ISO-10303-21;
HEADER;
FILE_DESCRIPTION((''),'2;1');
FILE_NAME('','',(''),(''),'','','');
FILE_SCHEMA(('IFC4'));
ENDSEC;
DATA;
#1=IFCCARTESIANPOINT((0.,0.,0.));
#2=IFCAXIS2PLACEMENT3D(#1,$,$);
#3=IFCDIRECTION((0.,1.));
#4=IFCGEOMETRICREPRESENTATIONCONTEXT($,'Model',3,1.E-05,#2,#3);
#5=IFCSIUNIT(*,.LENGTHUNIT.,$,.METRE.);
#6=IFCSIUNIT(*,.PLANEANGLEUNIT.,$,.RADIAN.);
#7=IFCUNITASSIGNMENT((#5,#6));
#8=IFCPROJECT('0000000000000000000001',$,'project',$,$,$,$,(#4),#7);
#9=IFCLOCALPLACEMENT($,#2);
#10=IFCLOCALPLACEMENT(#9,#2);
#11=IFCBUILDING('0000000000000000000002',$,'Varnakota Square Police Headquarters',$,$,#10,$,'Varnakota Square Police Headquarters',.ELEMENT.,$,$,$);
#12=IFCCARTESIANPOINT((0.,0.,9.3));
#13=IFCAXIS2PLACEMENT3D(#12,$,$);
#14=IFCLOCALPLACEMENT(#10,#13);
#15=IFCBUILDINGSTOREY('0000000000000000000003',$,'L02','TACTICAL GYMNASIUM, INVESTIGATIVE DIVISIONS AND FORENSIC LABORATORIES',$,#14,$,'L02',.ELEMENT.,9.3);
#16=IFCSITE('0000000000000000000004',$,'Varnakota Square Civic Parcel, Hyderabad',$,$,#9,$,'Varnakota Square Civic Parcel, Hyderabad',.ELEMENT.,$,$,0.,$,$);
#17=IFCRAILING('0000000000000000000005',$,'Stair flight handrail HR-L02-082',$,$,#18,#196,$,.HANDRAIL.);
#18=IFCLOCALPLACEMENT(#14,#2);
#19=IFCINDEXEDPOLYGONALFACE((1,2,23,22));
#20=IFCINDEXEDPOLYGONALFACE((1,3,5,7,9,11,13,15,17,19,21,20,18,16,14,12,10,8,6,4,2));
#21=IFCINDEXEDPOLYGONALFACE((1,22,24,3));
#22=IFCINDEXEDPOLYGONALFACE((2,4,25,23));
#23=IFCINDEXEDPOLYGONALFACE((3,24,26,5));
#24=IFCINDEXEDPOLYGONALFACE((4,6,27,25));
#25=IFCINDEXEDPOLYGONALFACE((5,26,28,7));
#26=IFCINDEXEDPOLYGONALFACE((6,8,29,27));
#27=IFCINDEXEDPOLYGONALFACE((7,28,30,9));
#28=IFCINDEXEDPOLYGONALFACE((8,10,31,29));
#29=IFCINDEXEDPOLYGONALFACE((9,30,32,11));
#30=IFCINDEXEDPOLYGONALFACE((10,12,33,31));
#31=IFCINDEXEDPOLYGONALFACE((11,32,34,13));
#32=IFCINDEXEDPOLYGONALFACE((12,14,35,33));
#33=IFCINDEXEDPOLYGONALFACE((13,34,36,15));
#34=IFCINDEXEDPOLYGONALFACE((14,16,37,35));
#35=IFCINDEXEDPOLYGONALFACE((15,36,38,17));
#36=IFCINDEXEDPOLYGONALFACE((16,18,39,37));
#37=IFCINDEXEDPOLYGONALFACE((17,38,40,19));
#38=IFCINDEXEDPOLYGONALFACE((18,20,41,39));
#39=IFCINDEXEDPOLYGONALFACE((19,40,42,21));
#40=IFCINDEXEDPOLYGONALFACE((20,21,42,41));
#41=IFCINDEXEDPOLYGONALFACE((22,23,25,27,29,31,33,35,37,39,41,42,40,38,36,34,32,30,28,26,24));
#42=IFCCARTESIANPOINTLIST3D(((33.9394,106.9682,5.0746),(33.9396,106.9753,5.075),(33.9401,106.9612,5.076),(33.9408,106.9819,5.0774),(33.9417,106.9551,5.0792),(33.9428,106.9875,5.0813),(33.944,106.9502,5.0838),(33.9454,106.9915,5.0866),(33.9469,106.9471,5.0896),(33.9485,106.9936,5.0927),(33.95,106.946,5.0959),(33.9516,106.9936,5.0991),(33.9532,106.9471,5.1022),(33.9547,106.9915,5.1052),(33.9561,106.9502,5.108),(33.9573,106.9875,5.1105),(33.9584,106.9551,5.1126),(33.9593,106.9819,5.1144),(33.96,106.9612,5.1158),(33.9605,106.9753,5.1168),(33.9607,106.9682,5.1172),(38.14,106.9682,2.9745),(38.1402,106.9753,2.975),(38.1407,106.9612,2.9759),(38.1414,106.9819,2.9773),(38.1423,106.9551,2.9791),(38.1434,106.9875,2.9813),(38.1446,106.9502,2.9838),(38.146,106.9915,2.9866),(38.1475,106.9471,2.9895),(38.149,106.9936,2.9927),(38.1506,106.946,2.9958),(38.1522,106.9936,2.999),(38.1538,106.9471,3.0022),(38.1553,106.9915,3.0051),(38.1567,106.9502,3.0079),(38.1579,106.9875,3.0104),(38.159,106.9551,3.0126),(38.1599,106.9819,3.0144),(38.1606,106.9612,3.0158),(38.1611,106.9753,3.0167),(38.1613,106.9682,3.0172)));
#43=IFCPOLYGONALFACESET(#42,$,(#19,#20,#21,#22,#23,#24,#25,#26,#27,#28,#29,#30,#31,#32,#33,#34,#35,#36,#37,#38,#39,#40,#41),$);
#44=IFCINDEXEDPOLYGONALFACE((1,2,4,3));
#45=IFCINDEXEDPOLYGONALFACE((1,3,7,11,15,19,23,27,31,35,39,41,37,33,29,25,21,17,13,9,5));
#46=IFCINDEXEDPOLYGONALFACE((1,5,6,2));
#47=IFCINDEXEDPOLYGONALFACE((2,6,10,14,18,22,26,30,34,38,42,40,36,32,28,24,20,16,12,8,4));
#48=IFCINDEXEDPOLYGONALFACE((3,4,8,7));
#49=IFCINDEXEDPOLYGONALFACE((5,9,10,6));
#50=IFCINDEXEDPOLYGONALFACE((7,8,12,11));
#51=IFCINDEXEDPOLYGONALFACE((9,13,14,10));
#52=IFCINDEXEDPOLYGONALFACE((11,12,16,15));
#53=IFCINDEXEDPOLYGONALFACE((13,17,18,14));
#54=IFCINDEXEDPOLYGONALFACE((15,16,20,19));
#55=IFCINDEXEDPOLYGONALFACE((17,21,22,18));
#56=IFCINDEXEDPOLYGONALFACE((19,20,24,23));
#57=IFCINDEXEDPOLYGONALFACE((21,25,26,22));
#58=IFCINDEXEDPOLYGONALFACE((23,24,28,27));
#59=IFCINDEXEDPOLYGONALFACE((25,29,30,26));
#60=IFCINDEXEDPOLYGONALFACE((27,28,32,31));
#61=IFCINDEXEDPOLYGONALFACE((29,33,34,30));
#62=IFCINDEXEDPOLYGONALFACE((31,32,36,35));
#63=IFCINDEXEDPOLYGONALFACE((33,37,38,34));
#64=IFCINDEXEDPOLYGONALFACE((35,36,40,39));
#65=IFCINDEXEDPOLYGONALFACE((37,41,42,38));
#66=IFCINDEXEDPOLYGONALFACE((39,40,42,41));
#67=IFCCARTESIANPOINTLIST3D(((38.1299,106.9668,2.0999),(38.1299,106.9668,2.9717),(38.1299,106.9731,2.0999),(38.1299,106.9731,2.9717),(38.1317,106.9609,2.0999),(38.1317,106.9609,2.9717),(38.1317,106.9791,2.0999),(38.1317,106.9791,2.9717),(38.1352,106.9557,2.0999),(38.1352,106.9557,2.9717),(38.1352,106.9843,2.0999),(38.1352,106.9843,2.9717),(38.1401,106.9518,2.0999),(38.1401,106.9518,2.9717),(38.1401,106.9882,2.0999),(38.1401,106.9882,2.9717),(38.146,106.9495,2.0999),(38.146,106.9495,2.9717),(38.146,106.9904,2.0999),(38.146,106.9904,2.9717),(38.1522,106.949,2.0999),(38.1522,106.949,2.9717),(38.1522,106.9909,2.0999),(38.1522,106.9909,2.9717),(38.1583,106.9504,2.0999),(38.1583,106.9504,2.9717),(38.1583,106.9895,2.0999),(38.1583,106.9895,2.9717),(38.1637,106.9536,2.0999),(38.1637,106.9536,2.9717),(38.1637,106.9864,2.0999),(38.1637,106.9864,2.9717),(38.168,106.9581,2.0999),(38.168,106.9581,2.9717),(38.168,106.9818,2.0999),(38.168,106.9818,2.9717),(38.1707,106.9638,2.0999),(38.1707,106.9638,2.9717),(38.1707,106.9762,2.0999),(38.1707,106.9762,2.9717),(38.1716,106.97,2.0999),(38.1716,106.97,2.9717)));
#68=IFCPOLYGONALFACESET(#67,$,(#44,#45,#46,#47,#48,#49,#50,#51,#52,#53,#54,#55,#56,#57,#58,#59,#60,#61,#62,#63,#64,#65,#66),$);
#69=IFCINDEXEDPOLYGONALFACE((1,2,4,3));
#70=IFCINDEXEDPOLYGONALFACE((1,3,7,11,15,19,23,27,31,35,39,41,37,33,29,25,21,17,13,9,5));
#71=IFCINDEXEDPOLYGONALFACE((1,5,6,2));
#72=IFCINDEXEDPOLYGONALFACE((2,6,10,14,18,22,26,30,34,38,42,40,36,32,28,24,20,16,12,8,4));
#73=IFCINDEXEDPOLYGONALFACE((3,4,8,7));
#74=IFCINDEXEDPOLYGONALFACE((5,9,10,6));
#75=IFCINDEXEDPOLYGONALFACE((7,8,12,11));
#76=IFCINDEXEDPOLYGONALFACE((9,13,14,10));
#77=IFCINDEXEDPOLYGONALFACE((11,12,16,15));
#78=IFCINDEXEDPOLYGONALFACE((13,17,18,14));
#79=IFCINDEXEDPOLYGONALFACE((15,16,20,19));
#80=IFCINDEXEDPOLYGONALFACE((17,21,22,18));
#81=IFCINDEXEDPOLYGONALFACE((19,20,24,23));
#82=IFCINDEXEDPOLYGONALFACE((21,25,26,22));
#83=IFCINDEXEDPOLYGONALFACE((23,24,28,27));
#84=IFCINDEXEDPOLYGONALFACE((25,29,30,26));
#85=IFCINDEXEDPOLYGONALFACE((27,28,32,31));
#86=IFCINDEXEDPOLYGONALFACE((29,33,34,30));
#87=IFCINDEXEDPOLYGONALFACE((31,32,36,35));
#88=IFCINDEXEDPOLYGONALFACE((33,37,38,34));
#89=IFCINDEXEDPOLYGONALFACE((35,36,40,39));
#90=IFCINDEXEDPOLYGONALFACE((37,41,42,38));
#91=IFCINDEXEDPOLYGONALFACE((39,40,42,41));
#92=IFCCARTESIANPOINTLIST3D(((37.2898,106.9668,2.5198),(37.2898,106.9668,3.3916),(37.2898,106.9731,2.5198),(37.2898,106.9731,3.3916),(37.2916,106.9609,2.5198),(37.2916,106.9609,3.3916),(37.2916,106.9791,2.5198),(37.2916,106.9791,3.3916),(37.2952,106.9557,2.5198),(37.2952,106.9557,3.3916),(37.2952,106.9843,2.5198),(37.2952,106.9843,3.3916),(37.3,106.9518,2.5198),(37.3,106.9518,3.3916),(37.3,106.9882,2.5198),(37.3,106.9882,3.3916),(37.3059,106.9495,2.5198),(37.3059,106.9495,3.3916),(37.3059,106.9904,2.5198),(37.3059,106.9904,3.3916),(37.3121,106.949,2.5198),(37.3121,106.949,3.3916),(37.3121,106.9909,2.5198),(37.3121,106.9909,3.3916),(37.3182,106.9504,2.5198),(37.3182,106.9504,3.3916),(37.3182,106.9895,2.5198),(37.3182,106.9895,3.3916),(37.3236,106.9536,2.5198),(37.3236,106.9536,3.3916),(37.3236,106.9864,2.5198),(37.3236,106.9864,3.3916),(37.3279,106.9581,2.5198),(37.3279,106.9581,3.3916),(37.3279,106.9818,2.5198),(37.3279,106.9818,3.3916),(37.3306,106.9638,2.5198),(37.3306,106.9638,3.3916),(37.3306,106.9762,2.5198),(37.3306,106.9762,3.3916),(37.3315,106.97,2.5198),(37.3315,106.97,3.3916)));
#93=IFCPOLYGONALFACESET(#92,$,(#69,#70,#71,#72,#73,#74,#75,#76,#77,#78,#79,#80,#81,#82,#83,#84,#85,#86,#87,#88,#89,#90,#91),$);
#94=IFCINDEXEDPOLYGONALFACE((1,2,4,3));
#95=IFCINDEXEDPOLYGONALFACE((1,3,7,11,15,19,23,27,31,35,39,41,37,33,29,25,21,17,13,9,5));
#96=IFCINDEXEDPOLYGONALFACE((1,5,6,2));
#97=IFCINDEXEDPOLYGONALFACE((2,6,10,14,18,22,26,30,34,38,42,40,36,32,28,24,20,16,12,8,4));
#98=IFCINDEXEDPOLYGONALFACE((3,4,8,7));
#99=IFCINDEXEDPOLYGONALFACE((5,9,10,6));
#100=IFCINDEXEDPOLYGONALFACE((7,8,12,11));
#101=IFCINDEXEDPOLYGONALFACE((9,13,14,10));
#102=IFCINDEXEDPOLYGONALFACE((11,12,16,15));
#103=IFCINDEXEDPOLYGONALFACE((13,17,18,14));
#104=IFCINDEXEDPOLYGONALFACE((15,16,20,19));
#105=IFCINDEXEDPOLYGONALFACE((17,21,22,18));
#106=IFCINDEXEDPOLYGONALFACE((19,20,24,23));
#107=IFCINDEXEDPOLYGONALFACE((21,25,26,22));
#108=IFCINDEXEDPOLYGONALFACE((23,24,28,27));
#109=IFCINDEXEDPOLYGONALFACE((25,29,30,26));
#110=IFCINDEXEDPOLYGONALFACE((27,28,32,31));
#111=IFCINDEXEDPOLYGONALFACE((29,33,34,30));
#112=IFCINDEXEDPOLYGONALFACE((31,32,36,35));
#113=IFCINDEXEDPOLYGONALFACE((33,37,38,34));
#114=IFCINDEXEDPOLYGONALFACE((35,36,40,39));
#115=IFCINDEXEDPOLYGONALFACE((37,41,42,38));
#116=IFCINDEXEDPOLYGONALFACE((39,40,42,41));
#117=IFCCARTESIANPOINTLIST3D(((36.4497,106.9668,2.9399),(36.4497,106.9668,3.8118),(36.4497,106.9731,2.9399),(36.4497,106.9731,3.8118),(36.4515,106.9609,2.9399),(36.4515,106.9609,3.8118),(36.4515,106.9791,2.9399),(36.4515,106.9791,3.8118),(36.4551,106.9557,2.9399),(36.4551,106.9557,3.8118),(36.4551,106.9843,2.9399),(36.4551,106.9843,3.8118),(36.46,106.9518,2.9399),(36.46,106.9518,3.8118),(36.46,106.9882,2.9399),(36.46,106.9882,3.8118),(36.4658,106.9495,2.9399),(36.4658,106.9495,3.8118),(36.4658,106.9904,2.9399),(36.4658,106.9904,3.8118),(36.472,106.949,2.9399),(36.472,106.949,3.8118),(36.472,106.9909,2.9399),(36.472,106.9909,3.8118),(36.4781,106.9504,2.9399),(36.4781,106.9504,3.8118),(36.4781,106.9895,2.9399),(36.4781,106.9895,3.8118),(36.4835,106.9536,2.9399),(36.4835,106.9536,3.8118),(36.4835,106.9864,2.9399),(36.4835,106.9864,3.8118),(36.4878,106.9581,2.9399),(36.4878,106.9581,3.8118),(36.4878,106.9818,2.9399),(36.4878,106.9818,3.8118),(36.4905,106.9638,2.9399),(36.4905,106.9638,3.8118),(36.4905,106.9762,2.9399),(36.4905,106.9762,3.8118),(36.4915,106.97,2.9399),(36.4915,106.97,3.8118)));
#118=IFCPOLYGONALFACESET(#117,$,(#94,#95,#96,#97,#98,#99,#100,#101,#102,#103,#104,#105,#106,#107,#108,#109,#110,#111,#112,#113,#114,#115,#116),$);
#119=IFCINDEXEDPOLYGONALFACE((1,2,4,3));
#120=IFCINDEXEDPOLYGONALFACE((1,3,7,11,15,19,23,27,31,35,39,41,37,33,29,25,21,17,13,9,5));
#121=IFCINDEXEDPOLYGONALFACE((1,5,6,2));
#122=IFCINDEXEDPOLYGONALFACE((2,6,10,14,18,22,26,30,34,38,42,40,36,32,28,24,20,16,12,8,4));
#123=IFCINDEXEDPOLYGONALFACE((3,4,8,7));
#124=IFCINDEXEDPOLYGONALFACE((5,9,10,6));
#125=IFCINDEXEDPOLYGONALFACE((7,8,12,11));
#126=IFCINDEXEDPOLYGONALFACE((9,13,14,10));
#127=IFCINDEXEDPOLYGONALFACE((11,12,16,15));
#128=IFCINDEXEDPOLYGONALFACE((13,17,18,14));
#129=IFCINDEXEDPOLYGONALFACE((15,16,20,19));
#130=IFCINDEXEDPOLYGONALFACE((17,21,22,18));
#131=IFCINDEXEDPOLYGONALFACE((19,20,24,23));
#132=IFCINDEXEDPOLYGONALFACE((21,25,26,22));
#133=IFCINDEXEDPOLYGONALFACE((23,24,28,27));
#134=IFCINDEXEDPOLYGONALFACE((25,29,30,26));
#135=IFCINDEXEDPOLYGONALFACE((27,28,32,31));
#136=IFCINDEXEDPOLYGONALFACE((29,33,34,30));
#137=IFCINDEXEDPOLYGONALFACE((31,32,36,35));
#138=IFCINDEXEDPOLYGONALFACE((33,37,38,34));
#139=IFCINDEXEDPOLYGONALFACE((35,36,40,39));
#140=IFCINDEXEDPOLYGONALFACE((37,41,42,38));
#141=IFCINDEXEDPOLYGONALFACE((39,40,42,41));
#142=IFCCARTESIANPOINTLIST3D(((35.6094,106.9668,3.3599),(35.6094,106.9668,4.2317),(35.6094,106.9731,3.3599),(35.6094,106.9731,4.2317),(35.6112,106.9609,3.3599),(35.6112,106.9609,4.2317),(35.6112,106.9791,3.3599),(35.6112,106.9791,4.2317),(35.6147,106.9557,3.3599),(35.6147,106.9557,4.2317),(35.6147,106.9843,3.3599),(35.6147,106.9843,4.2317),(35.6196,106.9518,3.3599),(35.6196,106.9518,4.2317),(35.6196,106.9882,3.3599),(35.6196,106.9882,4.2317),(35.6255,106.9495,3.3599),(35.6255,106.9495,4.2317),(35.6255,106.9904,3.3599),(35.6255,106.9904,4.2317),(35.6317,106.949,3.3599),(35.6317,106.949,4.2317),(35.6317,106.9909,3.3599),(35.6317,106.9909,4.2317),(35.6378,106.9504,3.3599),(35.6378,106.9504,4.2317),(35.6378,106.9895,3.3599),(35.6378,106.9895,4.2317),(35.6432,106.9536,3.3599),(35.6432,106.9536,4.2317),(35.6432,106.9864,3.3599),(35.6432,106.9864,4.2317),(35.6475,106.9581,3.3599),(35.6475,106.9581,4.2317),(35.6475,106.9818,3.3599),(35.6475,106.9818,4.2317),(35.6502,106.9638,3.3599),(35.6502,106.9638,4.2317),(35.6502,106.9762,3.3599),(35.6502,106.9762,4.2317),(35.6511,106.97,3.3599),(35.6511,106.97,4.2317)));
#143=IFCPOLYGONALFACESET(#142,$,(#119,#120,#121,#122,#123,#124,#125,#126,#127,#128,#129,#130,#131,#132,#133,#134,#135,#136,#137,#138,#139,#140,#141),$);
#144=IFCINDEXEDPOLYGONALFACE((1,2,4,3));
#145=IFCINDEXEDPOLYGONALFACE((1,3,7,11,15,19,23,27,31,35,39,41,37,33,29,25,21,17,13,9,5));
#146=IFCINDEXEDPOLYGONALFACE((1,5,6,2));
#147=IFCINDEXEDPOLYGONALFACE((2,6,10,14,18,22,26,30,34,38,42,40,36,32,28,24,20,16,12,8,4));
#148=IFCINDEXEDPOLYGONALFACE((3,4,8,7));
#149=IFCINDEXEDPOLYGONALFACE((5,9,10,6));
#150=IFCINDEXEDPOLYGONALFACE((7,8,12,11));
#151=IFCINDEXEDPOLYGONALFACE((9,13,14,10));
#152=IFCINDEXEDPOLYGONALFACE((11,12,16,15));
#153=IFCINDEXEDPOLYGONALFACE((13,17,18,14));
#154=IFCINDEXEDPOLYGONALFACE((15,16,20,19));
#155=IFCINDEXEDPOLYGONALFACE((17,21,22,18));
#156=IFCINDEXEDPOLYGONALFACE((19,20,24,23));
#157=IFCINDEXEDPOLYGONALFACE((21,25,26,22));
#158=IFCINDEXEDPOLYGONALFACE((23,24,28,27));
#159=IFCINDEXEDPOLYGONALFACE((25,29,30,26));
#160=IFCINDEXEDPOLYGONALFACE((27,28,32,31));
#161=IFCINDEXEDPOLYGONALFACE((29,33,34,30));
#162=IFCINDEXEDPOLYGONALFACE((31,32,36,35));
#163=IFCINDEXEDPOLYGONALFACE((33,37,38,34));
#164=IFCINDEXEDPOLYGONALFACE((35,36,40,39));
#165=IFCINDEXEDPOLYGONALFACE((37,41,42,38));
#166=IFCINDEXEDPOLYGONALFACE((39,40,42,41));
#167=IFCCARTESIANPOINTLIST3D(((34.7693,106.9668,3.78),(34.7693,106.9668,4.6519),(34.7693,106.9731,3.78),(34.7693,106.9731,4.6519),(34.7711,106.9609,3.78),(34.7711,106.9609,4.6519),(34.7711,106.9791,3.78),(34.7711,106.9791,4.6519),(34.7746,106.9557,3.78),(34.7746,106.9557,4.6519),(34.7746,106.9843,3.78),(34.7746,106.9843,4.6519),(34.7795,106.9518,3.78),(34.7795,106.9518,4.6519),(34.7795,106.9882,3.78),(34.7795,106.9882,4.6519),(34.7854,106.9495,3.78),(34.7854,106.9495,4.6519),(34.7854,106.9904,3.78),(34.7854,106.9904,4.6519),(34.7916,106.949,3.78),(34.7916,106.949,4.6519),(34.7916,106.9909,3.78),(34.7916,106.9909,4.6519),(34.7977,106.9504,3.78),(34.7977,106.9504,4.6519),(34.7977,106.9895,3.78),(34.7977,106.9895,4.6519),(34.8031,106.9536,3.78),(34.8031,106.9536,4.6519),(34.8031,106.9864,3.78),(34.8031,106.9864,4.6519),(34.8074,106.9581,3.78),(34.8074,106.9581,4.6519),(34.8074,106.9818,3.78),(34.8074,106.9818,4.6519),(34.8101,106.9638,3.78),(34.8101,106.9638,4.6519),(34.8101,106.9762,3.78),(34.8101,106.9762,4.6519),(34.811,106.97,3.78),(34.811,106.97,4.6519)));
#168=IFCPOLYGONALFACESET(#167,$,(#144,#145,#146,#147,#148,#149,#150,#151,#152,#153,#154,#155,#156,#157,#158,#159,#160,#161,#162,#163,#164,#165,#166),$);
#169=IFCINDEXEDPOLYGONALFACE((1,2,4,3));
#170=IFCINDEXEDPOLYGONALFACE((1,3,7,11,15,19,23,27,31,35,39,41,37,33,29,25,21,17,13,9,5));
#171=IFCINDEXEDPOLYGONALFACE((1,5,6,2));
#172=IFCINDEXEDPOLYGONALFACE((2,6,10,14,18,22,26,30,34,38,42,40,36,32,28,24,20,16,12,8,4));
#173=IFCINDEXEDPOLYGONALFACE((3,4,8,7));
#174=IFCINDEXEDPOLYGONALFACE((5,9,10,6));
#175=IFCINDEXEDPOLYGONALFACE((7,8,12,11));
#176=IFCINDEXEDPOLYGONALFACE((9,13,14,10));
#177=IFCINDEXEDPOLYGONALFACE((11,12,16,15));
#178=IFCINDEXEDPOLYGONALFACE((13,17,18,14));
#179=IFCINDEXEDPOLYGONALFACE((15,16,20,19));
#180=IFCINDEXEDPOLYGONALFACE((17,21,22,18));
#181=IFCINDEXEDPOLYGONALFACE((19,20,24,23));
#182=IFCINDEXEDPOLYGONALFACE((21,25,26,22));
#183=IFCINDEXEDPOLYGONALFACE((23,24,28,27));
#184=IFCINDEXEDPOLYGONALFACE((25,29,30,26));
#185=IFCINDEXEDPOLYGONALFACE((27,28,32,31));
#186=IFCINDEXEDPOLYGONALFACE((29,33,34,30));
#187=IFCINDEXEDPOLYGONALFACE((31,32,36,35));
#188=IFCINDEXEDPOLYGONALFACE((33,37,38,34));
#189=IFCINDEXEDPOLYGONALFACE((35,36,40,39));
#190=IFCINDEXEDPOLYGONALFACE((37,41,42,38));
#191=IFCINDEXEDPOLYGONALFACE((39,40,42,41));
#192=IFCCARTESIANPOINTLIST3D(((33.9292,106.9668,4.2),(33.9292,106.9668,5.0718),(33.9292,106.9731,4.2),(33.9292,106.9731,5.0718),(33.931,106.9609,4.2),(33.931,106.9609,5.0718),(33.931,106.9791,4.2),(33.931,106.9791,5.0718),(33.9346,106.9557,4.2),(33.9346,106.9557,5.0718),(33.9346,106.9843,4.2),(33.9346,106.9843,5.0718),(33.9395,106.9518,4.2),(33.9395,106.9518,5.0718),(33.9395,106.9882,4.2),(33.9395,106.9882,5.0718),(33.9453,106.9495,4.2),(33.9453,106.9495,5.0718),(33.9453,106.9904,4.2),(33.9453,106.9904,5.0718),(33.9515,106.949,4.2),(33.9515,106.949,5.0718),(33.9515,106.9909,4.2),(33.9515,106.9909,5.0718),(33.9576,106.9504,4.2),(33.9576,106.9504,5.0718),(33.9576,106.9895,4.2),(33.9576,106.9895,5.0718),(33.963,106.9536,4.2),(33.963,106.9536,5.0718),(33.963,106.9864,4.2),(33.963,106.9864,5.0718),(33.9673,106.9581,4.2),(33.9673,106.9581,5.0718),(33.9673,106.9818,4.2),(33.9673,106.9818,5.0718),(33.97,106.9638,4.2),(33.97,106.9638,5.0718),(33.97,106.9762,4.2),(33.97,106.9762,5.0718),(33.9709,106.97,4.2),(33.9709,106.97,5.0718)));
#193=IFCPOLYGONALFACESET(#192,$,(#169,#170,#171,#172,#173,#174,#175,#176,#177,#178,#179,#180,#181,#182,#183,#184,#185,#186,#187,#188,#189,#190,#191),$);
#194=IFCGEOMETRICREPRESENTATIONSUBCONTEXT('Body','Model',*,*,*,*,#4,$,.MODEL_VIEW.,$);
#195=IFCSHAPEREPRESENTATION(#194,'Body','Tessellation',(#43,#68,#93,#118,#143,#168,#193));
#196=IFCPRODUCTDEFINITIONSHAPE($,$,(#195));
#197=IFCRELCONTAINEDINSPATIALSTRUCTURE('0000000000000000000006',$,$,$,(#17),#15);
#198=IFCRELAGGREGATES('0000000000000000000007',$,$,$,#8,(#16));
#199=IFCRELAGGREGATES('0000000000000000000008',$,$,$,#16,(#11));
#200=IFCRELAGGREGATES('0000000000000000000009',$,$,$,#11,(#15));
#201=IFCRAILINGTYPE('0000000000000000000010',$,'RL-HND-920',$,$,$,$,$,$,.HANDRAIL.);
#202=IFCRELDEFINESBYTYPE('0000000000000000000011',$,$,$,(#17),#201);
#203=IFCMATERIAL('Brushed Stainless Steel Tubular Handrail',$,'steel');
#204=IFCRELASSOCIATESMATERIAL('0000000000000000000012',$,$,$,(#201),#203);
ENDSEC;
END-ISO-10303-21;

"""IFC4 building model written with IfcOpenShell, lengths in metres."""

from ifc_helpers import new_model, si_unit, direction, frame, origin, origin_2d, place, context, subcontext, project, spatial, circle, extrude, material, type_object, element, save


model = new_model("IFC4")

# Units and contexts
model_context = context("Model", 3, precision=1e-05, world=origin(), true_north=direction((0.0, 1.0)))
body_context = subcontext(model_context, "Body", "Model", "MODEL_VIEW")
ifc_project = project(units=[si_unit("LENGTHUNIT", "METRE"), si_unit("PLANEANGLEUNIT", "RADIAN")], contexts=[model_context])

# Site, building, storey
site_placement = place(None, origin())
site = spatial("IfcSite", under=ifc_project, at=site_placement, Name="Varnakota Square Civic Parcel, Hyderabad", LongName="Varnakota Square Civic Parcel, Hyderabad", CompositionType="ELEMENT", RefElevation=0.0)
building_placement = place(site_placement, origin())
building = spatial("IfcBuilding", under=site, at=building_placement, Name="Varnakota Square Police Headquarters", LongName="Varnakota Square Police Headquarters", CompositionType="ELEMENT")
storey_placement = place(building_placement, frame((0.0, 0.0, 9.3)))
storey = spatial("IfcBuildingStorey", under=building, at=storey_placement, Name="L02", Description="TACTICAL GYMNASIUM, INVESTIGATIVE DIVISIONS AND FORENSIC LABORATORIES", LongName="L02", CompositionType="ELEMENT", Elevation=9.3)

# Railing
ifc_material_1 = material(Name="Brushed Stainless Steel Tubular Handrail", Category="steel")
railing_type_1 = type_object("IfcRailingType", Name="RL-HND-920", PredefinedType="HANDRAIL", material=ifc_material_1)
railing_1_placement = place(storey_placement, frame((38.1506, 106.97, 2.0999)))
element("IfcRailing", 1, at=railing_1_placement, inside=storey, type_object=railing_type_1, Name="Stair flight handrail HR-L02-082", PredefinedType="HANDRAIL", context=body_context, shape_type="SweptSolid", body=[
    extrude(circle(Radius=0.0239, at=origin_2d()), frame((0.0, 0.0, 0.896), z_axis=(-0.894448, 0.0, 0.447172), x_axis=(0.0, -1.0, 0.0)), (0.0, 0.0, 1.0), 4.6963),
    extrude(circle(Radius=0.021, at=origin_2d()), origin(), (0.0, 0.0, 1.0), 0.8718),
    extrude(circle(Radius=0.021, at=origin_2d()), frame((-0.8401, 0.0, 0.4199)), (0.0, 0.0, 1.0), 0.8718),
    extrude(circle(Radius=0.021, at=origin_2d()), frame((-1.6802, 0.0, 0.8401)), (0.0, 0.0, 1.0), 0.8718),
    extrude(circle(Radius=0.021, at=origin_2d()), frame((-2.5205, 0.0, 1.26)), (0.0, 0.0, 1.0), 0.8718),
    extrude(circle(Radius=0.021, at=origin_2d()), frame((-3.3606, 0.0, 1.6802)), (0.0, 0.0, 1.0), 0.8718),
    extrude(circle(Radius=0.021, at=origin_2d()), frame((-4.2007, 0.0, 2.1001)), (0.0, 0.0, 1.0), 0.8718),
])

save(model, "model.ifc")
